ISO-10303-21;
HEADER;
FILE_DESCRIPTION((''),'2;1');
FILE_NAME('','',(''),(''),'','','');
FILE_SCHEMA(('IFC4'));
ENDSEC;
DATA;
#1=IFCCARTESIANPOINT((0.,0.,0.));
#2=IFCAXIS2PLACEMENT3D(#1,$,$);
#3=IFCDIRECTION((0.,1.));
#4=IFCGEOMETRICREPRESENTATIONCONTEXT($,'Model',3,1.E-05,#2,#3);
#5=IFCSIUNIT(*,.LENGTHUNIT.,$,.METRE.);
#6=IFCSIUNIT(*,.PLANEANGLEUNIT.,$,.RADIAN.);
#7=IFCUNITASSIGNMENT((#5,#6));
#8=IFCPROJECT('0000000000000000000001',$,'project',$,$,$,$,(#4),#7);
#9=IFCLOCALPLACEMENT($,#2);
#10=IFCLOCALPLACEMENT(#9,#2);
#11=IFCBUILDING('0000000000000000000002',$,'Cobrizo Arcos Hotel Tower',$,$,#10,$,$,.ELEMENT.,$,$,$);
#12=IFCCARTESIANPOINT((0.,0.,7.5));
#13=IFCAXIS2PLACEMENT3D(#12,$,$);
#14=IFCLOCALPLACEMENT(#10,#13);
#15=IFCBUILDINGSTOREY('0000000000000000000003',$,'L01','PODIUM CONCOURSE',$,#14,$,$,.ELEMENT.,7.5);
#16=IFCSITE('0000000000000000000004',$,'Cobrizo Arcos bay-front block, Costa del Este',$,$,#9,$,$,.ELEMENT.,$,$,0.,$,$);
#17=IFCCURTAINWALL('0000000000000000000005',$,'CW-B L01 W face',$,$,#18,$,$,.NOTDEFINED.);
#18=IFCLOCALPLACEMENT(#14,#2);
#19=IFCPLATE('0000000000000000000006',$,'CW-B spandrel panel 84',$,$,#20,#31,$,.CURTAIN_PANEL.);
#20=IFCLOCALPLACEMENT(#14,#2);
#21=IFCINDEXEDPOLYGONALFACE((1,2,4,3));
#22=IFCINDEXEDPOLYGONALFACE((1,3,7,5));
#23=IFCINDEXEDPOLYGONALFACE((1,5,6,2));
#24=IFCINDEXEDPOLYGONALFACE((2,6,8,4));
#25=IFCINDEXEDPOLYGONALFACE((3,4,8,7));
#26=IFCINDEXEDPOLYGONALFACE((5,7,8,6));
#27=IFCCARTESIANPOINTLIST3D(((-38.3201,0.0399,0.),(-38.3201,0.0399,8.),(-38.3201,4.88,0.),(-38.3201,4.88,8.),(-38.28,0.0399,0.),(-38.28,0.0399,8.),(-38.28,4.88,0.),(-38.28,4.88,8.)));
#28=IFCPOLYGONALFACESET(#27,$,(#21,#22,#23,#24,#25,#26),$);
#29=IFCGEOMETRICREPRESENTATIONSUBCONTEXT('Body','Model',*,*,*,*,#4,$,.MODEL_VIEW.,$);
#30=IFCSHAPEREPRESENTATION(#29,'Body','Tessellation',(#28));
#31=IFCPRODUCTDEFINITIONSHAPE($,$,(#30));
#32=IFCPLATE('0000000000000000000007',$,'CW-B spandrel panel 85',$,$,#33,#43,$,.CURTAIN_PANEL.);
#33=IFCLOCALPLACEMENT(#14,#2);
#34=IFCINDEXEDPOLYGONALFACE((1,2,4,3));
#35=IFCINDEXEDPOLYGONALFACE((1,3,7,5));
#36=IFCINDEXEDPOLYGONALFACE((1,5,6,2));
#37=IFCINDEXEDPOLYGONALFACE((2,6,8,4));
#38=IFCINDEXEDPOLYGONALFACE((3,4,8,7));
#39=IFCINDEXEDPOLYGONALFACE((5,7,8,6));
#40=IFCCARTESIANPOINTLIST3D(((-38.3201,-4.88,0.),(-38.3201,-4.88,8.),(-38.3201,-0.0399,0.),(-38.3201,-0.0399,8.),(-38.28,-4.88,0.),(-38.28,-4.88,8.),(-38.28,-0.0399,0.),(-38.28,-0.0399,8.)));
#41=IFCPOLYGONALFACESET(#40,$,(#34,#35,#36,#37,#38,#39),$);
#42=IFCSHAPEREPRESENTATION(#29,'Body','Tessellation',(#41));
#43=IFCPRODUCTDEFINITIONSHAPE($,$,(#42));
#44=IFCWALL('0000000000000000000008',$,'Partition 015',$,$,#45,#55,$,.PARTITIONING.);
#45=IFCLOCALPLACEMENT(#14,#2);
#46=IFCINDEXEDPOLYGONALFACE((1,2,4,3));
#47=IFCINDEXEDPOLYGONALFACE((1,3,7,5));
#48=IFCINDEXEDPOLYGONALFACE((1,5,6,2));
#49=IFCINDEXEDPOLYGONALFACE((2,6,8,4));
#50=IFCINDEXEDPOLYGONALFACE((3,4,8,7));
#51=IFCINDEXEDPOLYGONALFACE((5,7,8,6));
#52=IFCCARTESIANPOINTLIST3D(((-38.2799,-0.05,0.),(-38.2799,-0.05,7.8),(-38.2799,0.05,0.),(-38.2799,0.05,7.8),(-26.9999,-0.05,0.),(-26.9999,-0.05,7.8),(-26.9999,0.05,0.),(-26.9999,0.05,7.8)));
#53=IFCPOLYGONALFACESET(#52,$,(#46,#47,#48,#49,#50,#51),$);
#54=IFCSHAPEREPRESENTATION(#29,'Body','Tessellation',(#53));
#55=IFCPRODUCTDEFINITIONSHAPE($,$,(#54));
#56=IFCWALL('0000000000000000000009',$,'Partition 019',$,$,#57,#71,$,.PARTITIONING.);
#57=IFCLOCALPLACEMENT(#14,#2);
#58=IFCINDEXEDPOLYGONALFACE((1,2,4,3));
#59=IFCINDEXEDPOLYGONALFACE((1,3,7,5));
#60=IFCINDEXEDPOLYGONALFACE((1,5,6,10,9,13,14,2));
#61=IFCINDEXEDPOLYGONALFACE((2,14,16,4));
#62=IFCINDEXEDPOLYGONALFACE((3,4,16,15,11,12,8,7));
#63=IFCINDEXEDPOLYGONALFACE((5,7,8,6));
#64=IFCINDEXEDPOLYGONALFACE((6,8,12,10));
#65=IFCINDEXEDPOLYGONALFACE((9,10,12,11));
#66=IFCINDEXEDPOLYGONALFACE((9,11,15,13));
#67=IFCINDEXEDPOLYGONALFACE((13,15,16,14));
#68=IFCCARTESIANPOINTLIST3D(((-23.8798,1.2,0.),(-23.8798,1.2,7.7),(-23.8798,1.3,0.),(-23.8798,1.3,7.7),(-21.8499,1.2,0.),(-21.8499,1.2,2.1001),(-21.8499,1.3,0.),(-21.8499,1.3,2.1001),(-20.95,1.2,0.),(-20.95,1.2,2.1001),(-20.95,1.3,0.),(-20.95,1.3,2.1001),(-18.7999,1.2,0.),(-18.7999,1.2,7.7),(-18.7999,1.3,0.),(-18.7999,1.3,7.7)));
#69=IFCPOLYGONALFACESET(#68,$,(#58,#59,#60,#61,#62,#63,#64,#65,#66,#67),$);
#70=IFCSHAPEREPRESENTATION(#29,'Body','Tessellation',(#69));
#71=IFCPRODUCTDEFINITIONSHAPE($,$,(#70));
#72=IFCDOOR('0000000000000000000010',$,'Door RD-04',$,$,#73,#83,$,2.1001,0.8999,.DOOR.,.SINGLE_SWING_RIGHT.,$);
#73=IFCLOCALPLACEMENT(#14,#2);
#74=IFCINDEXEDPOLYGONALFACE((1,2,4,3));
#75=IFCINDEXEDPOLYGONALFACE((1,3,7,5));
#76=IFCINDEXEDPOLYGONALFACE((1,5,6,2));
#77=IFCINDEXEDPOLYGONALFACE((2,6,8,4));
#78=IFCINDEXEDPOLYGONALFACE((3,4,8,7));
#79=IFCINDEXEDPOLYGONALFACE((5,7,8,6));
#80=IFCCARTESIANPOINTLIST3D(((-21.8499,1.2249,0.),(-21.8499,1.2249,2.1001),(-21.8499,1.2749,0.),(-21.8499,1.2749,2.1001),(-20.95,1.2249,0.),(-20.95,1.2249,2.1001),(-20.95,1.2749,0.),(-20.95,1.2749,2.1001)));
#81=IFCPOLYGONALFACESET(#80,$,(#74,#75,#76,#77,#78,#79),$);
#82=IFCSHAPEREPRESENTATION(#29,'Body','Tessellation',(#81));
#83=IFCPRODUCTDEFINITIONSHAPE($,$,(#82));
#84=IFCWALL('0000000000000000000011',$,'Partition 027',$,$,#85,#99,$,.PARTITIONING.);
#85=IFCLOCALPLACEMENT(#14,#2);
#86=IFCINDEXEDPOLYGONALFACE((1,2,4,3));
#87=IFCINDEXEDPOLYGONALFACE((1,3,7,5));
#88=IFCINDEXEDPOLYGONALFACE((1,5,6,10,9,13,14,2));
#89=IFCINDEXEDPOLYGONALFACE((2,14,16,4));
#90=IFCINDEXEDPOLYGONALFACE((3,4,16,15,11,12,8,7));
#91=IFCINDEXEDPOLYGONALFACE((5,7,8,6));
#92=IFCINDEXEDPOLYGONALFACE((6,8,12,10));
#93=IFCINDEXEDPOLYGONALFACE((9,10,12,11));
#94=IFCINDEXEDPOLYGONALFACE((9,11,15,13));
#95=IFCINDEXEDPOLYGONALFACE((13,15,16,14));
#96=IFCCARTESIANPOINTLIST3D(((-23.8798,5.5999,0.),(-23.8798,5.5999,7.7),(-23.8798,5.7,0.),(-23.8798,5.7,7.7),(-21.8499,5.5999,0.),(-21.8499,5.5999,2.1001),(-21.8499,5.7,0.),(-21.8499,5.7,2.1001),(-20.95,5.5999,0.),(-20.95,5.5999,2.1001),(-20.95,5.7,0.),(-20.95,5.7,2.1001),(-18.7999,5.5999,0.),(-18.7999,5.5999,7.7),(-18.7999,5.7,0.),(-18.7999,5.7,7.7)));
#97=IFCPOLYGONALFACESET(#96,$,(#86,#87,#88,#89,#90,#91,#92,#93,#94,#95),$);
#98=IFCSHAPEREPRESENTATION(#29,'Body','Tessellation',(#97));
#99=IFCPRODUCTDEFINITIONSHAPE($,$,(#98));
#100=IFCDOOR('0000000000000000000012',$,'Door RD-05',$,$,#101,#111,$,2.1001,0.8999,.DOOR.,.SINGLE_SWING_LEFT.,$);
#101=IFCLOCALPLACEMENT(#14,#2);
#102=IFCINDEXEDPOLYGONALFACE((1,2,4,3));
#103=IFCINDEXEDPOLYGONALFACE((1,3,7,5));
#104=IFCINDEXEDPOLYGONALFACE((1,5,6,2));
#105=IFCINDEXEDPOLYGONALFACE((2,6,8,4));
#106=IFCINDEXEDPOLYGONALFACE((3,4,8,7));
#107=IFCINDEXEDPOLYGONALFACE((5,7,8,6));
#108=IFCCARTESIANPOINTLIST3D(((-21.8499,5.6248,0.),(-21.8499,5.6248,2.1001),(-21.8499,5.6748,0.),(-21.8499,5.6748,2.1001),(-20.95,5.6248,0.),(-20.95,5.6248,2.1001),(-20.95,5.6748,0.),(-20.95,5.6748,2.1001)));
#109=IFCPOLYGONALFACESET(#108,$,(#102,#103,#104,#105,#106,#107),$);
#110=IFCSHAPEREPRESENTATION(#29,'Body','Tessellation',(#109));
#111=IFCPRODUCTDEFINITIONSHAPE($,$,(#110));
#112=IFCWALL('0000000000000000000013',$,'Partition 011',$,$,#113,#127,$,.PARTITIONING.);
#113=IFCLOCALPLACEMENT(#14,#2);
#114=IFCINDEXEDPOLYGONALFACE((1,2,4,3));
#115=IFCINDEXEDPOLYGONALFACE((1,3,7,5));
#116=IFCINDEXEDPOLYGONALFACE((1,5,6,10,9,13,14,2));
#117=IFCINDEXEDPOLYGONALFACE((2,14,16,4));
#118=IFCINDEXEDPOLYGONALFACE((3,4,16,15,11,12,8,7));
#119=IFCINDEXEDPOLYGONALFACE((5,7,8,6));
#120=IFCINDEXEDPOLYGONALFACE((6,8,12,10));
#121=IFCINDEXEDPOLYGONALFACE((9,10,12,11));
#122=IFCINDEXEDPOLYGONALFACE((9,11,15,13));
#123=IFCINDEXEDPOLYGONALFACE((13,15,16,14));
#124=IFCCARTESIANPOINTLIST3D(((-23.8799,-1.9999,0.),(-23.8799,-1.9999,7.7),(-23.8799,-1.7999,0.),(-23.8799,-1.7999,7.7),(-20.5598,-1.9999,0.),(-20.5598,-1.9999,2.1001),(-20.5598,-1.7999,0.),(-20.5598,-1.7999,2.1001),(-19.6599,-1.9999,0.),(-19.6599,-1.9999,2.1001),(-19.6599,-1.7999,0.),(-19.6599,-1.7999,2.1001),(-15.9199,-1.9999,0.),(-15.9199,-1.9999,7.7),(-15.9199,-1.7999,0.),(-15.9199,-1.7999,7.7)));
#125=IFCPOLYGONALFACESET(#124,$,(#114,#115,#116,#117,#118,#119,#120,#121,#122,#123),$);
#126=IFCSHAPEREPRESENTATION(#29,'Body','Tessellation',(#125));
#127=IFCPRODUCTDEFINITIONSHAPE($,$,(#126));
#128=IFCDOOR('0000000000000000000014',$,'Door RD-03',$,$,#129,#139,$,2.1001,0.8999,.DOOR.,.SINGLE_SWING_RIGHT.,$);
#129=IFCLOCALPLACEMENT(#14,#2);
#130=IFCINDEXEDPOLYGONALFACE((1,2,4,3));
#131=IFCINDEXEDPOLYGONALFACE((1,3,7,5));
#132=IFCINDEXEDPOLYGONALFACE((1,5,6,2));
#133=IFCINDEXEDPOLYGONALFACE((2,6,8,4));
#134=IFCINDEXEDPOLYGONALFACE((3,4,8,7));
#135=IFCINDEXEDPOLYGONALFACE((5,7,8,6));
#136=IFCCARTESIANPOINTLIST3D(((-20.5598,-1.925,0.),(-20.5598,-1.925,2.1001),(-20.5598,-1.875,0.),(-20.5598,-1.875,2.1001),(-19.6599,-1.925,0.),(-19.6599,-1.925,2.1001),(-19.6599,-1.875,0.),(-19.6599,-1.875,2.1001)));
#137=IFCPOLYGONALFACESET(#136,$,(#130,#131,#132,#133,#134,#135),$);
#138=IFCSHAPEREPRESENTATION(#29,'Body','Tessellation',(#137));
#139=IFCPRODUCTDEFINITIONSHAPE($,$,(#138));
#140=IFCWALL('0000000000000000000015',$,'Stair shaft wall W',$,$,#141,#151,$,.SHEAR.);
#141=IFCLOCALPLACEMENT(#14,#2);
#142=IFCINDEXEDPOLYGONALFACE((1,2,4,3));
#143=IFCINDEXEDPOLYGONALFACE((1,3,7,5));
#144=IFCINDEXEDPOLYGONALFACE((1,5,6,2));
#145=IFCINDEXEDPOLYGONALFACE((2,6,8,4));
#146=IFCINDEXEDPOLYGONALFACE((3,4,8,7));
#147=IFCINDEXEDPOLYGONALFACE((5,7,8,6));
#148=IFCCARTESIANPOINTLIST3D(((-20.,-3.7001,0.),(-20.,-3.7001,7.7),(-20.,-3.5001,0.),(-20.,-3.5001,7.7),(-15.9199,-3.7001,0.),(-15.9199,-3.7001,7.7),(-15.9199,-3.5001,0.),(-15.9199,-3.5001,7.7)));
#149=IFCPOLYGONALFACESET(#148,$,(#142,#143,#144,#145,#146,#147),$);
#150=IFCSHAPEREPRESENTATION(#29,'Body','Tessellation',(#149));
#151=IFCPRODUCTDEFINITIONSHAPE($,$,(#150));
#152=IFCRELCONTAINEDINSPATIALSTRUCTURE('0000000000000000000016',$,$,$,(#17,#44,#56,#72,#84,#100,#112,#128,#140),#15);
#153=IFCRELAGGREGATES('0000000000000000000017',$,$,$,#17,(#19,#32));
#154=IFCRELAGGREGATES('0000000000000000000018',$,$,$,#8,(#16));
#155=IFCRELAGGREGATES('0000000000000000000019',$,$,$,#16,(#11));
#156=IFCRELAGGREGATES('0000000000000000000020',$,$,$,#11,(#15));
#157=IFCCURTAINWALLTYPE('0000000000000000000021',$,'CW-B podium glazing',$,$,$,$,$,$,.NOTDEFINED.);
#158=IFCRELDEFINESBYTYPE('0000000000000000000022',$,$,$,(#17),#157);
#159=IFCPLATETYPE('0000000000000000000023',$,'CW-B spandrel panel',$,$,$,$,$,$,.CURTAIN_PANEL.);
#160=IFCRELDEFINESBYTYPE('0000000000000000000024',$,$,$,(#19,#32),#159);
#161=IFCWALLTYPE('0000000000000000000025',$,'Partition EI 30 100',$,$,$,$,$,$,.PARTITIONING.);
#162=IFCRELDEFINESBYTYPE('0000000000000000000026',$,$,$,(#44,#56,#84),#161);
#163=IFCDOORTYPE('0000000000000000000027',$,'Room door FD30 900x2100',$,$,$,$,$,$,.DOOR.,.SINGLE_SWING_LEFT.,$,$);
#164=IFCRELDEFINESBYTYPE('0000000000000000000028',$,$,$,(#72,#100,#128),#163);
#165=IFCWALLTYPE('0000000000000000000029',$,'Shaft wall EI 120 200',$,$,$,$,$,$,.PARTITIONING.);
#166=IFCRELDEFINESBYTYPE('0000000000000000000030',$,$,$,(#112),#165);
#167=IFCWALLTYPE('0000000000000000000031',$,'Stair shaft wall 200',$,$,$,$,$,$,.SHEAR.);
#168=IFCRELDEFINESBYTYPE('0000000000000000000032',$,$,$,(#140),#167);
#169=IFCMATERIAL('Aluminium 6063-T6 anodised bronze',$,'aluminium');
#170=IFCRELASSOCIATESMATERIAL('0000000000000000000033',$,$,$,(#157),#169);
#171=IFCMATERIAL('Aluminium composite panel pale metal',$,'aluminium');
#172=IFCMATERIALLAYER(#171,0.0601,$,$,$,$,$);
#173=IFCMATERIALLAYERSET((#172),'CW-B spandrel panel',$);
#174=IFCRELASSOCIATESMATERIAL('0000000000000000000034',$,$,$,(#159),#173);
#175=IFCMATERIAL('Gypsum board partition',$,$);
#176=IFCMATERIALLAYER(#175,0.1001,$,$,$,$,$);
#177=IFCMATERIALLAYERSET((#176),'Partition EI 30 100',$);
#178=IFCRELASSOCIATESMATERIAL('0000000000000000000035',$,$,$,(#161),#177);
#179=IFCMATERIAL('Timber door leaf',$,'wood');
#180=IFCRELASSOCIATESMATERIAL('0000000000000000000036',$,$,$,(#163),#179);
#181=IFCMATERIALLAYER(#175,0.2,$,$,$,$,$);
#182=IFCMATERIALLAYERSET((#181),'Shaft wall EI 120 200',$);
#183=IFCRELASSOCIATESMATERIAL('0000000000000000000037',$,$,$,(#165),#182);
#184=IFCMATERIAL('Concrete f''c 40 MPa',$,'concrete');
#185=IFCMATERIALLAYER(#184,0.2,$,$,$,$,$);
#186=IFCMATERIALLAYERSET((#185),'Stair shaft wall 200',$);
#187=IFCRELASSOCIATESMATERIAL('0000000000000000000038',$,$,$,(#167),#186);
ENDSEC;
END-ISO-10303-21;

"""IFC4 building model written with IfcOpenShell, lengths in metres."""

from ifc_helpers import new_model, si_unit, direction, frame, frame_2d, origin, origin_2d, place, context, subcontext, project, spatial, rectangle, extrude, material, layer, layer_set, type_object, element, fill, aggregate, save


model = new_model("IFC4")

# Units and contexts
model_context = context("Model", 3, precision=1e-05, world=origin(), true_north=direction((0.0, 1.0)))
body_context = subcontext(model_context, "Body", "Model", "MODEL_VIEW")
ifc_project = project(units=[si_unit("LENGTHUNIT", "METRE"), si_unit("PLANEANGLEUNIT", "RADIAN")], contexts=[model_context])

# Site, building, storey
site_placement = place(None, origin())
site = spatial("IfcSite", under=ifc_project, at=site_placement, Name="Cobrizo Arcos bay-front block, Costa del Este", CompositionType="ELEMENT", RefElevation=0.0)
building_placement = place(site_placement, origin())
building = spatial("IfcBuilding", under=site, at=building_placement, Name="Cobrizo Arcos Hotel Tower", CompositionType="ELEMENT")
storey_placement = place(building_placement, frame((0.0, 0.0, 7.5)))
storey = spatial("IfcBuildingStorey", under=building, at=storey_placement, Name="L01", Description="PODIUM CONCOURSE", CompositionType="ELEMENT", Elevation=7.5)

# Curtain wall
ifc_material_1 = material(Name="Aluminium 6063-T6 anodised bronze", Category="aluminium")
curtain_wall_type = type_object("IfcCurtainWallType", Name="CW-B podium glazing", PredefinedType="NOTDEFINED", material=ifc_material_1)
curtain_wall_placement = place(storey_placement, origin())
curtain_wall = element("IfcCurtainWall", 1, at=curtain_wall_placement, inside=storey, type_object=curtain_wall_type, Name="CW-B L01 W face", PredefinedType="NOTDEFINED")

# Plates
ifc_material_2 = material(Name="Aluminium composite panel pale metal", Category="aluminium")
ifc_layer_1 = layer(ifc_material_2, 0.0601)
ifc_layer_set_1 = layer_set([ifc_layer_1], Name="CW-B spandrel panel")
plate_type = type_object("IfcPlateType", Name="CW-B spandrel panel", PredefinedType="CURTAIN_PANEL", material=ifc_layer_set_1)
plate_1_placement = place(storey_placement, frame((-38.3, 2.46, 0.0), z_axis=(0.0, 0.0, 1.0), x_axis=(0.0, -1.0, 0.0)))
plate_1 = element("IfcPlate", 2, at=plate_1_placement, type_object=plate_type, Name="CW-B spandrel panel 84", PredefinedType="CURTAIN_PANEL", context=body_context, shape_type="SweptSolid", body=[
    extrude(rectangle(XDim=4.8401, YDim=0.04, at=origin_2d()), origin(), (0.0, 0.0, 1.0), 8.0),
])
plate_2_placement = place(storey_placement, frame((-38.3, -2.46, 0.0), z_axis=(0.0, 0.0, 1.0), x_axis=(0.0, -1.0, 0.0)))
plate_2 = element("IfcPlate", 3, at=plate_2_placement, type_object=plate_type, Name="CW-B spandrel panel 85", PredefinedType="CURTAIN_PANEL", context=body_context, shape_type="SweptSolid", body=[
    extrude(rectangle(XDim=4.8401, YDim=0.04, at=origin_2d()), origin(), (0.0, 0.0, 1.0), 8.0),
])
aggregate(curtain_wall, [plate_1, plate_2])

# Wall
ifc_material_3 = material(Name="Gypsum board partition")
ifc_layer_2 = layer(ifc_material_3, 0.1001)
ifc_layer_set_2 = layer_set([ifc_layer_2], Name="Partition EI 30 100")
wall_type_1 = type_object("IfcWallType", Name="Partition EI 30 100", PredefinedType="PARTITIONING", material=ifc_layer_set_2)
wall_1_placement = place(storey_placement, frame((-38.28, 0.0, 0.0), z_axis=(0.0, 0.0, 1.0), x_axis=(1.0, 0.0, 0.0)))
element("IfcWall", 4, at=wall_1_placement, inside=storey, type_object=wall_type_1, Name="Partition 015", PredefinedType="PARTITIONING", context=body_context, shape_type="SweptSolid", body=[
    extrude(rectangle(XDim=11.28, YDim=0.1001, at=frame_2d((5.6401, 0.0))), origin(), (0.0, 0.0, 1.0), 7.8),
])

# Walls, openings, doors
wall_2_placement = place(storey_placement, frame((-23.8799, 1.25, 0.0), z_axis=(0.0, 0.0, 1.0), x_axis=(1.0, 0.0, 0.0)))
wall_2 = element("IfcWall", 5, at=wall_2_placement, inside=storey, type_object=wall_type_1, Name="Partition 019", PredefinedType="PARTITIONING", context=body_context, shape_type="SweptSolid", body=[
    extrude(rectangle(XDim=5.0798, YDim=0.1001, at=frame_2d((2.54, 0.0))), origin(), (0.0, 0.0, 1.0), 7.7),
])
opening_1_placement = place(wall_2_placement, frame((2.03, 0.0, 0.0)))
opening_1 = element("IfcOpeningElement", 6, at=opening_1_placement, cuts=wall_2, PredefinedType="OPENING", context=body_context, shape_type="SweptSolid", body=[
    extrude(rectangle(XDim=0.8999, YDim=2.1001, at=frame_2d((0.45, 1.05))), frame((0.0, 0.062, 0.0), z_axis=(0.0, -1.0, 0.0), x_axis=(1.0, 0.0, 0.0)), (0.0, 0.0, 1.0), 0.124),
])
ifc_material_4 = material(Name="Timber door leaf", Category="wood")
door_type = type_object("IfcDoorType", Name="Room door FD30 900x2100", OperationType="SINGLE_SWING_LEFT", PredefinedType="DOOR", material=ifc_material_4)
door_1_placement = place(opening_1_placement, origin())
door_1 = element("IfcDoor", 7, at=door_1_placement, inside=storey, type_object=door_type, Name="Door RD-04", OperationType="SINGLE_SWING_RIGHT", OverallHeight=2.1001, OverallWidth=0.8999, PredefinedType="DOOR", context=body_context, shape_type="SweptSolid", body=[
    extrude(rectangle(XDim=0.8999, YDim=2.1001, at=frame_2d((0.45, 1.05))), frame((0.0, 0.0249, 0.0), z_axis=(0.0, -1.0, 0.0), x_axis=(1.0, 0.0, 0.0)), (0.0, 0.0, 1.0), 0.05),
])
fill(opening_1, door_1)
wall_3_placement = place(storey_placement, frame((-23.8799, 5.6499, 0.0), z_axis=(0.0, 0.0, 1.0), x_axis=(1.0, 0.0, 0.0)))
wall_3 = element("IfcWall", 8, at=wall_3_placement, inside=storey, type_object=wall_type_1, Name="Partition 027", PredefinedType="PARTITIONING", context=body_context, shape_type="SweptSolid", body=[
    extrude(rectangle(XDim=5.0798, YDim=0.1001, at=frame_2d((2.54, 0.0))), origin(), (0.0, 0.0, 1.0), 7.7),
])
opening_2_placement = place(wall_3_placement, frame((2.03, 0.0, 0.0)))
opening_2 = element("IfcOpeningElement", 9, at=opening_2_placement, cuts=wall_3, PredefinedType="OPENING", context=body_context, shape_type="SweptSolid", body=[
    extrude(rectangle(XDim=0.8999, YDim=2.1001, at=frame_2d((0.45, 1.05))), frame((0.0, 0.062, 0.0), z_axis=(0.0, -1.0, 0.0), x_axis=(1.0, 0.0, 0.0)), (0.0, 0.0, 1.0), 0.124),
])
door_2_placement = place(opening_2_placement, origin())
door_2 = element("IfcDoor", 10, at=door_2_placement, inside=storey, type_object=door_type, Name="Door RD-05", OperationType="SINGLE_SWING_LEFT", OverallHeight=2.1001, OverallWidth=0.8999, PredefinedType="DOOR", context=body_context, shape_type="SweptSolid", body=[
    extrude(rectangle(XDim=0.8999, YDim=2.1001, at=frame_2d((0.45, 1.05))), frame((0.0, 0.0249, 0.0), z_axis=(0.0, -1.0, 0.0), x_axis=(1.0, 0.0, 0.0)), (0.0, 0.0, 1.0), 0.05),
])
fill(opening_2, door_2)
ifc_layer_3 = layer(ifc_material_3, 0.2)
ifc_layer_set_3 = layer_set([ifc_layer_3], Name="Shaft wall EI 120 200")
wall_type_2 = type_object("IfcWallType", Name="Shaft wall EI 120 200", PredefinedType="PARTITIONING", material=ifc_layer_set_3)
wall_4_placement = place(storey_placement, frame((-23.8799, -1.8999, 0.0), z_axis=(0.0, 0.0, 1.0), x_axis=(1.0, 0.0, 0.0)))
wall_4 = element("IfcWall", 11, at=wall_4_placement, inside=storey, type_object=wall_type_2, Name="Partition 011", PredefinedType="PARTITIONING", context=body_context, shape_type="SweptSolid", body=[
    extrude(rectangle(XDim=7.96, YDim=0.2, at=frame_2d((3.98, 0.0))), origin(), (0.0, 0.0, 1.0), 7.7),
])
opening_3_placement = place(wall_4_placement, frame((3.3201, 0.0, 0.0)))
opening_3 = element("IfcOpeningElement", 12, at=opening_3_placement, cuts=wall_4, PredefinedType="OPENING", context=body_context, shape_type="SweptSolid", body=[
    extrude(rectangle(XDim=0.8999, YDim=2.1001, at=frame_2d((0.45, 1.05))), frame((0.0, 0.1121, 0.0), z_axis=(0.0, -1.0, 0.0), x_axis=(1.0, 0.0, 0.0)), (0.0, 0.0, 1.0), 0.2239),
])
door_3_placement = place(opening_3_placement, origin())
door_3 = element("IfcDoor", 13, at=door_3_placement, inside=storey, type_object=door_type, Name="Door RD-03", OperationType="SINGLE_SWING_RIGHT", OverallHeight=2.1001, OverallWidth=0.8999, PredefinedType="DOOR", context=body_context, shape_type="SweptSolid", body=[
    extrude(rectangle(XDim=0.8999, YDim=2.1001, at=frame_2d((0.45, 1.05))), frame((0.0, 0.0249, 0.0), z_axis=(0.0, -1.0, 0.0), x_axis=(1.0, 0.0, 0.0)), (0.0, 0.0, 1.0), 0.05),
])
fill(opening_3, door_3)

# Wall
ifc_material_5 = material(Name="Concrete f'c 40 MPa", Category="concrete")
ifc_layer_4 = layer(ifc_material_5, 0.2)
ifc_layer_set_4 = layer_set([ifc_layer_4], Name="Stair shaft wall 200")
wall_type_3 = type_object("IfcWallType", Name="Stair shaft wall 200", PredefinedType="SHEAR", material=ifc_layer_set_4)
wall_5_placement = place(storey_placement, frame((-20.0, -3.6001, 0.0), z_axis=(0.0, 0.0, 1.0), x_axis=(1.0, 0.0, 0.0)))
element("IfcWall", 14, at=wall_5_placement, inside=storey, type_object=wall_type_3, Name="Stair shaft wall W", PredefinedType="SHEAR", context=body_context, shape_type="SweptSolid", body=[
    extrude(rectangle(XDim=4.0801, YDim=0.2, at=frame_2d((2.04, 0.0))), origin(), (0.0, 0.0, 1.0), 7.7),
])

save(model, "model.ifc")
